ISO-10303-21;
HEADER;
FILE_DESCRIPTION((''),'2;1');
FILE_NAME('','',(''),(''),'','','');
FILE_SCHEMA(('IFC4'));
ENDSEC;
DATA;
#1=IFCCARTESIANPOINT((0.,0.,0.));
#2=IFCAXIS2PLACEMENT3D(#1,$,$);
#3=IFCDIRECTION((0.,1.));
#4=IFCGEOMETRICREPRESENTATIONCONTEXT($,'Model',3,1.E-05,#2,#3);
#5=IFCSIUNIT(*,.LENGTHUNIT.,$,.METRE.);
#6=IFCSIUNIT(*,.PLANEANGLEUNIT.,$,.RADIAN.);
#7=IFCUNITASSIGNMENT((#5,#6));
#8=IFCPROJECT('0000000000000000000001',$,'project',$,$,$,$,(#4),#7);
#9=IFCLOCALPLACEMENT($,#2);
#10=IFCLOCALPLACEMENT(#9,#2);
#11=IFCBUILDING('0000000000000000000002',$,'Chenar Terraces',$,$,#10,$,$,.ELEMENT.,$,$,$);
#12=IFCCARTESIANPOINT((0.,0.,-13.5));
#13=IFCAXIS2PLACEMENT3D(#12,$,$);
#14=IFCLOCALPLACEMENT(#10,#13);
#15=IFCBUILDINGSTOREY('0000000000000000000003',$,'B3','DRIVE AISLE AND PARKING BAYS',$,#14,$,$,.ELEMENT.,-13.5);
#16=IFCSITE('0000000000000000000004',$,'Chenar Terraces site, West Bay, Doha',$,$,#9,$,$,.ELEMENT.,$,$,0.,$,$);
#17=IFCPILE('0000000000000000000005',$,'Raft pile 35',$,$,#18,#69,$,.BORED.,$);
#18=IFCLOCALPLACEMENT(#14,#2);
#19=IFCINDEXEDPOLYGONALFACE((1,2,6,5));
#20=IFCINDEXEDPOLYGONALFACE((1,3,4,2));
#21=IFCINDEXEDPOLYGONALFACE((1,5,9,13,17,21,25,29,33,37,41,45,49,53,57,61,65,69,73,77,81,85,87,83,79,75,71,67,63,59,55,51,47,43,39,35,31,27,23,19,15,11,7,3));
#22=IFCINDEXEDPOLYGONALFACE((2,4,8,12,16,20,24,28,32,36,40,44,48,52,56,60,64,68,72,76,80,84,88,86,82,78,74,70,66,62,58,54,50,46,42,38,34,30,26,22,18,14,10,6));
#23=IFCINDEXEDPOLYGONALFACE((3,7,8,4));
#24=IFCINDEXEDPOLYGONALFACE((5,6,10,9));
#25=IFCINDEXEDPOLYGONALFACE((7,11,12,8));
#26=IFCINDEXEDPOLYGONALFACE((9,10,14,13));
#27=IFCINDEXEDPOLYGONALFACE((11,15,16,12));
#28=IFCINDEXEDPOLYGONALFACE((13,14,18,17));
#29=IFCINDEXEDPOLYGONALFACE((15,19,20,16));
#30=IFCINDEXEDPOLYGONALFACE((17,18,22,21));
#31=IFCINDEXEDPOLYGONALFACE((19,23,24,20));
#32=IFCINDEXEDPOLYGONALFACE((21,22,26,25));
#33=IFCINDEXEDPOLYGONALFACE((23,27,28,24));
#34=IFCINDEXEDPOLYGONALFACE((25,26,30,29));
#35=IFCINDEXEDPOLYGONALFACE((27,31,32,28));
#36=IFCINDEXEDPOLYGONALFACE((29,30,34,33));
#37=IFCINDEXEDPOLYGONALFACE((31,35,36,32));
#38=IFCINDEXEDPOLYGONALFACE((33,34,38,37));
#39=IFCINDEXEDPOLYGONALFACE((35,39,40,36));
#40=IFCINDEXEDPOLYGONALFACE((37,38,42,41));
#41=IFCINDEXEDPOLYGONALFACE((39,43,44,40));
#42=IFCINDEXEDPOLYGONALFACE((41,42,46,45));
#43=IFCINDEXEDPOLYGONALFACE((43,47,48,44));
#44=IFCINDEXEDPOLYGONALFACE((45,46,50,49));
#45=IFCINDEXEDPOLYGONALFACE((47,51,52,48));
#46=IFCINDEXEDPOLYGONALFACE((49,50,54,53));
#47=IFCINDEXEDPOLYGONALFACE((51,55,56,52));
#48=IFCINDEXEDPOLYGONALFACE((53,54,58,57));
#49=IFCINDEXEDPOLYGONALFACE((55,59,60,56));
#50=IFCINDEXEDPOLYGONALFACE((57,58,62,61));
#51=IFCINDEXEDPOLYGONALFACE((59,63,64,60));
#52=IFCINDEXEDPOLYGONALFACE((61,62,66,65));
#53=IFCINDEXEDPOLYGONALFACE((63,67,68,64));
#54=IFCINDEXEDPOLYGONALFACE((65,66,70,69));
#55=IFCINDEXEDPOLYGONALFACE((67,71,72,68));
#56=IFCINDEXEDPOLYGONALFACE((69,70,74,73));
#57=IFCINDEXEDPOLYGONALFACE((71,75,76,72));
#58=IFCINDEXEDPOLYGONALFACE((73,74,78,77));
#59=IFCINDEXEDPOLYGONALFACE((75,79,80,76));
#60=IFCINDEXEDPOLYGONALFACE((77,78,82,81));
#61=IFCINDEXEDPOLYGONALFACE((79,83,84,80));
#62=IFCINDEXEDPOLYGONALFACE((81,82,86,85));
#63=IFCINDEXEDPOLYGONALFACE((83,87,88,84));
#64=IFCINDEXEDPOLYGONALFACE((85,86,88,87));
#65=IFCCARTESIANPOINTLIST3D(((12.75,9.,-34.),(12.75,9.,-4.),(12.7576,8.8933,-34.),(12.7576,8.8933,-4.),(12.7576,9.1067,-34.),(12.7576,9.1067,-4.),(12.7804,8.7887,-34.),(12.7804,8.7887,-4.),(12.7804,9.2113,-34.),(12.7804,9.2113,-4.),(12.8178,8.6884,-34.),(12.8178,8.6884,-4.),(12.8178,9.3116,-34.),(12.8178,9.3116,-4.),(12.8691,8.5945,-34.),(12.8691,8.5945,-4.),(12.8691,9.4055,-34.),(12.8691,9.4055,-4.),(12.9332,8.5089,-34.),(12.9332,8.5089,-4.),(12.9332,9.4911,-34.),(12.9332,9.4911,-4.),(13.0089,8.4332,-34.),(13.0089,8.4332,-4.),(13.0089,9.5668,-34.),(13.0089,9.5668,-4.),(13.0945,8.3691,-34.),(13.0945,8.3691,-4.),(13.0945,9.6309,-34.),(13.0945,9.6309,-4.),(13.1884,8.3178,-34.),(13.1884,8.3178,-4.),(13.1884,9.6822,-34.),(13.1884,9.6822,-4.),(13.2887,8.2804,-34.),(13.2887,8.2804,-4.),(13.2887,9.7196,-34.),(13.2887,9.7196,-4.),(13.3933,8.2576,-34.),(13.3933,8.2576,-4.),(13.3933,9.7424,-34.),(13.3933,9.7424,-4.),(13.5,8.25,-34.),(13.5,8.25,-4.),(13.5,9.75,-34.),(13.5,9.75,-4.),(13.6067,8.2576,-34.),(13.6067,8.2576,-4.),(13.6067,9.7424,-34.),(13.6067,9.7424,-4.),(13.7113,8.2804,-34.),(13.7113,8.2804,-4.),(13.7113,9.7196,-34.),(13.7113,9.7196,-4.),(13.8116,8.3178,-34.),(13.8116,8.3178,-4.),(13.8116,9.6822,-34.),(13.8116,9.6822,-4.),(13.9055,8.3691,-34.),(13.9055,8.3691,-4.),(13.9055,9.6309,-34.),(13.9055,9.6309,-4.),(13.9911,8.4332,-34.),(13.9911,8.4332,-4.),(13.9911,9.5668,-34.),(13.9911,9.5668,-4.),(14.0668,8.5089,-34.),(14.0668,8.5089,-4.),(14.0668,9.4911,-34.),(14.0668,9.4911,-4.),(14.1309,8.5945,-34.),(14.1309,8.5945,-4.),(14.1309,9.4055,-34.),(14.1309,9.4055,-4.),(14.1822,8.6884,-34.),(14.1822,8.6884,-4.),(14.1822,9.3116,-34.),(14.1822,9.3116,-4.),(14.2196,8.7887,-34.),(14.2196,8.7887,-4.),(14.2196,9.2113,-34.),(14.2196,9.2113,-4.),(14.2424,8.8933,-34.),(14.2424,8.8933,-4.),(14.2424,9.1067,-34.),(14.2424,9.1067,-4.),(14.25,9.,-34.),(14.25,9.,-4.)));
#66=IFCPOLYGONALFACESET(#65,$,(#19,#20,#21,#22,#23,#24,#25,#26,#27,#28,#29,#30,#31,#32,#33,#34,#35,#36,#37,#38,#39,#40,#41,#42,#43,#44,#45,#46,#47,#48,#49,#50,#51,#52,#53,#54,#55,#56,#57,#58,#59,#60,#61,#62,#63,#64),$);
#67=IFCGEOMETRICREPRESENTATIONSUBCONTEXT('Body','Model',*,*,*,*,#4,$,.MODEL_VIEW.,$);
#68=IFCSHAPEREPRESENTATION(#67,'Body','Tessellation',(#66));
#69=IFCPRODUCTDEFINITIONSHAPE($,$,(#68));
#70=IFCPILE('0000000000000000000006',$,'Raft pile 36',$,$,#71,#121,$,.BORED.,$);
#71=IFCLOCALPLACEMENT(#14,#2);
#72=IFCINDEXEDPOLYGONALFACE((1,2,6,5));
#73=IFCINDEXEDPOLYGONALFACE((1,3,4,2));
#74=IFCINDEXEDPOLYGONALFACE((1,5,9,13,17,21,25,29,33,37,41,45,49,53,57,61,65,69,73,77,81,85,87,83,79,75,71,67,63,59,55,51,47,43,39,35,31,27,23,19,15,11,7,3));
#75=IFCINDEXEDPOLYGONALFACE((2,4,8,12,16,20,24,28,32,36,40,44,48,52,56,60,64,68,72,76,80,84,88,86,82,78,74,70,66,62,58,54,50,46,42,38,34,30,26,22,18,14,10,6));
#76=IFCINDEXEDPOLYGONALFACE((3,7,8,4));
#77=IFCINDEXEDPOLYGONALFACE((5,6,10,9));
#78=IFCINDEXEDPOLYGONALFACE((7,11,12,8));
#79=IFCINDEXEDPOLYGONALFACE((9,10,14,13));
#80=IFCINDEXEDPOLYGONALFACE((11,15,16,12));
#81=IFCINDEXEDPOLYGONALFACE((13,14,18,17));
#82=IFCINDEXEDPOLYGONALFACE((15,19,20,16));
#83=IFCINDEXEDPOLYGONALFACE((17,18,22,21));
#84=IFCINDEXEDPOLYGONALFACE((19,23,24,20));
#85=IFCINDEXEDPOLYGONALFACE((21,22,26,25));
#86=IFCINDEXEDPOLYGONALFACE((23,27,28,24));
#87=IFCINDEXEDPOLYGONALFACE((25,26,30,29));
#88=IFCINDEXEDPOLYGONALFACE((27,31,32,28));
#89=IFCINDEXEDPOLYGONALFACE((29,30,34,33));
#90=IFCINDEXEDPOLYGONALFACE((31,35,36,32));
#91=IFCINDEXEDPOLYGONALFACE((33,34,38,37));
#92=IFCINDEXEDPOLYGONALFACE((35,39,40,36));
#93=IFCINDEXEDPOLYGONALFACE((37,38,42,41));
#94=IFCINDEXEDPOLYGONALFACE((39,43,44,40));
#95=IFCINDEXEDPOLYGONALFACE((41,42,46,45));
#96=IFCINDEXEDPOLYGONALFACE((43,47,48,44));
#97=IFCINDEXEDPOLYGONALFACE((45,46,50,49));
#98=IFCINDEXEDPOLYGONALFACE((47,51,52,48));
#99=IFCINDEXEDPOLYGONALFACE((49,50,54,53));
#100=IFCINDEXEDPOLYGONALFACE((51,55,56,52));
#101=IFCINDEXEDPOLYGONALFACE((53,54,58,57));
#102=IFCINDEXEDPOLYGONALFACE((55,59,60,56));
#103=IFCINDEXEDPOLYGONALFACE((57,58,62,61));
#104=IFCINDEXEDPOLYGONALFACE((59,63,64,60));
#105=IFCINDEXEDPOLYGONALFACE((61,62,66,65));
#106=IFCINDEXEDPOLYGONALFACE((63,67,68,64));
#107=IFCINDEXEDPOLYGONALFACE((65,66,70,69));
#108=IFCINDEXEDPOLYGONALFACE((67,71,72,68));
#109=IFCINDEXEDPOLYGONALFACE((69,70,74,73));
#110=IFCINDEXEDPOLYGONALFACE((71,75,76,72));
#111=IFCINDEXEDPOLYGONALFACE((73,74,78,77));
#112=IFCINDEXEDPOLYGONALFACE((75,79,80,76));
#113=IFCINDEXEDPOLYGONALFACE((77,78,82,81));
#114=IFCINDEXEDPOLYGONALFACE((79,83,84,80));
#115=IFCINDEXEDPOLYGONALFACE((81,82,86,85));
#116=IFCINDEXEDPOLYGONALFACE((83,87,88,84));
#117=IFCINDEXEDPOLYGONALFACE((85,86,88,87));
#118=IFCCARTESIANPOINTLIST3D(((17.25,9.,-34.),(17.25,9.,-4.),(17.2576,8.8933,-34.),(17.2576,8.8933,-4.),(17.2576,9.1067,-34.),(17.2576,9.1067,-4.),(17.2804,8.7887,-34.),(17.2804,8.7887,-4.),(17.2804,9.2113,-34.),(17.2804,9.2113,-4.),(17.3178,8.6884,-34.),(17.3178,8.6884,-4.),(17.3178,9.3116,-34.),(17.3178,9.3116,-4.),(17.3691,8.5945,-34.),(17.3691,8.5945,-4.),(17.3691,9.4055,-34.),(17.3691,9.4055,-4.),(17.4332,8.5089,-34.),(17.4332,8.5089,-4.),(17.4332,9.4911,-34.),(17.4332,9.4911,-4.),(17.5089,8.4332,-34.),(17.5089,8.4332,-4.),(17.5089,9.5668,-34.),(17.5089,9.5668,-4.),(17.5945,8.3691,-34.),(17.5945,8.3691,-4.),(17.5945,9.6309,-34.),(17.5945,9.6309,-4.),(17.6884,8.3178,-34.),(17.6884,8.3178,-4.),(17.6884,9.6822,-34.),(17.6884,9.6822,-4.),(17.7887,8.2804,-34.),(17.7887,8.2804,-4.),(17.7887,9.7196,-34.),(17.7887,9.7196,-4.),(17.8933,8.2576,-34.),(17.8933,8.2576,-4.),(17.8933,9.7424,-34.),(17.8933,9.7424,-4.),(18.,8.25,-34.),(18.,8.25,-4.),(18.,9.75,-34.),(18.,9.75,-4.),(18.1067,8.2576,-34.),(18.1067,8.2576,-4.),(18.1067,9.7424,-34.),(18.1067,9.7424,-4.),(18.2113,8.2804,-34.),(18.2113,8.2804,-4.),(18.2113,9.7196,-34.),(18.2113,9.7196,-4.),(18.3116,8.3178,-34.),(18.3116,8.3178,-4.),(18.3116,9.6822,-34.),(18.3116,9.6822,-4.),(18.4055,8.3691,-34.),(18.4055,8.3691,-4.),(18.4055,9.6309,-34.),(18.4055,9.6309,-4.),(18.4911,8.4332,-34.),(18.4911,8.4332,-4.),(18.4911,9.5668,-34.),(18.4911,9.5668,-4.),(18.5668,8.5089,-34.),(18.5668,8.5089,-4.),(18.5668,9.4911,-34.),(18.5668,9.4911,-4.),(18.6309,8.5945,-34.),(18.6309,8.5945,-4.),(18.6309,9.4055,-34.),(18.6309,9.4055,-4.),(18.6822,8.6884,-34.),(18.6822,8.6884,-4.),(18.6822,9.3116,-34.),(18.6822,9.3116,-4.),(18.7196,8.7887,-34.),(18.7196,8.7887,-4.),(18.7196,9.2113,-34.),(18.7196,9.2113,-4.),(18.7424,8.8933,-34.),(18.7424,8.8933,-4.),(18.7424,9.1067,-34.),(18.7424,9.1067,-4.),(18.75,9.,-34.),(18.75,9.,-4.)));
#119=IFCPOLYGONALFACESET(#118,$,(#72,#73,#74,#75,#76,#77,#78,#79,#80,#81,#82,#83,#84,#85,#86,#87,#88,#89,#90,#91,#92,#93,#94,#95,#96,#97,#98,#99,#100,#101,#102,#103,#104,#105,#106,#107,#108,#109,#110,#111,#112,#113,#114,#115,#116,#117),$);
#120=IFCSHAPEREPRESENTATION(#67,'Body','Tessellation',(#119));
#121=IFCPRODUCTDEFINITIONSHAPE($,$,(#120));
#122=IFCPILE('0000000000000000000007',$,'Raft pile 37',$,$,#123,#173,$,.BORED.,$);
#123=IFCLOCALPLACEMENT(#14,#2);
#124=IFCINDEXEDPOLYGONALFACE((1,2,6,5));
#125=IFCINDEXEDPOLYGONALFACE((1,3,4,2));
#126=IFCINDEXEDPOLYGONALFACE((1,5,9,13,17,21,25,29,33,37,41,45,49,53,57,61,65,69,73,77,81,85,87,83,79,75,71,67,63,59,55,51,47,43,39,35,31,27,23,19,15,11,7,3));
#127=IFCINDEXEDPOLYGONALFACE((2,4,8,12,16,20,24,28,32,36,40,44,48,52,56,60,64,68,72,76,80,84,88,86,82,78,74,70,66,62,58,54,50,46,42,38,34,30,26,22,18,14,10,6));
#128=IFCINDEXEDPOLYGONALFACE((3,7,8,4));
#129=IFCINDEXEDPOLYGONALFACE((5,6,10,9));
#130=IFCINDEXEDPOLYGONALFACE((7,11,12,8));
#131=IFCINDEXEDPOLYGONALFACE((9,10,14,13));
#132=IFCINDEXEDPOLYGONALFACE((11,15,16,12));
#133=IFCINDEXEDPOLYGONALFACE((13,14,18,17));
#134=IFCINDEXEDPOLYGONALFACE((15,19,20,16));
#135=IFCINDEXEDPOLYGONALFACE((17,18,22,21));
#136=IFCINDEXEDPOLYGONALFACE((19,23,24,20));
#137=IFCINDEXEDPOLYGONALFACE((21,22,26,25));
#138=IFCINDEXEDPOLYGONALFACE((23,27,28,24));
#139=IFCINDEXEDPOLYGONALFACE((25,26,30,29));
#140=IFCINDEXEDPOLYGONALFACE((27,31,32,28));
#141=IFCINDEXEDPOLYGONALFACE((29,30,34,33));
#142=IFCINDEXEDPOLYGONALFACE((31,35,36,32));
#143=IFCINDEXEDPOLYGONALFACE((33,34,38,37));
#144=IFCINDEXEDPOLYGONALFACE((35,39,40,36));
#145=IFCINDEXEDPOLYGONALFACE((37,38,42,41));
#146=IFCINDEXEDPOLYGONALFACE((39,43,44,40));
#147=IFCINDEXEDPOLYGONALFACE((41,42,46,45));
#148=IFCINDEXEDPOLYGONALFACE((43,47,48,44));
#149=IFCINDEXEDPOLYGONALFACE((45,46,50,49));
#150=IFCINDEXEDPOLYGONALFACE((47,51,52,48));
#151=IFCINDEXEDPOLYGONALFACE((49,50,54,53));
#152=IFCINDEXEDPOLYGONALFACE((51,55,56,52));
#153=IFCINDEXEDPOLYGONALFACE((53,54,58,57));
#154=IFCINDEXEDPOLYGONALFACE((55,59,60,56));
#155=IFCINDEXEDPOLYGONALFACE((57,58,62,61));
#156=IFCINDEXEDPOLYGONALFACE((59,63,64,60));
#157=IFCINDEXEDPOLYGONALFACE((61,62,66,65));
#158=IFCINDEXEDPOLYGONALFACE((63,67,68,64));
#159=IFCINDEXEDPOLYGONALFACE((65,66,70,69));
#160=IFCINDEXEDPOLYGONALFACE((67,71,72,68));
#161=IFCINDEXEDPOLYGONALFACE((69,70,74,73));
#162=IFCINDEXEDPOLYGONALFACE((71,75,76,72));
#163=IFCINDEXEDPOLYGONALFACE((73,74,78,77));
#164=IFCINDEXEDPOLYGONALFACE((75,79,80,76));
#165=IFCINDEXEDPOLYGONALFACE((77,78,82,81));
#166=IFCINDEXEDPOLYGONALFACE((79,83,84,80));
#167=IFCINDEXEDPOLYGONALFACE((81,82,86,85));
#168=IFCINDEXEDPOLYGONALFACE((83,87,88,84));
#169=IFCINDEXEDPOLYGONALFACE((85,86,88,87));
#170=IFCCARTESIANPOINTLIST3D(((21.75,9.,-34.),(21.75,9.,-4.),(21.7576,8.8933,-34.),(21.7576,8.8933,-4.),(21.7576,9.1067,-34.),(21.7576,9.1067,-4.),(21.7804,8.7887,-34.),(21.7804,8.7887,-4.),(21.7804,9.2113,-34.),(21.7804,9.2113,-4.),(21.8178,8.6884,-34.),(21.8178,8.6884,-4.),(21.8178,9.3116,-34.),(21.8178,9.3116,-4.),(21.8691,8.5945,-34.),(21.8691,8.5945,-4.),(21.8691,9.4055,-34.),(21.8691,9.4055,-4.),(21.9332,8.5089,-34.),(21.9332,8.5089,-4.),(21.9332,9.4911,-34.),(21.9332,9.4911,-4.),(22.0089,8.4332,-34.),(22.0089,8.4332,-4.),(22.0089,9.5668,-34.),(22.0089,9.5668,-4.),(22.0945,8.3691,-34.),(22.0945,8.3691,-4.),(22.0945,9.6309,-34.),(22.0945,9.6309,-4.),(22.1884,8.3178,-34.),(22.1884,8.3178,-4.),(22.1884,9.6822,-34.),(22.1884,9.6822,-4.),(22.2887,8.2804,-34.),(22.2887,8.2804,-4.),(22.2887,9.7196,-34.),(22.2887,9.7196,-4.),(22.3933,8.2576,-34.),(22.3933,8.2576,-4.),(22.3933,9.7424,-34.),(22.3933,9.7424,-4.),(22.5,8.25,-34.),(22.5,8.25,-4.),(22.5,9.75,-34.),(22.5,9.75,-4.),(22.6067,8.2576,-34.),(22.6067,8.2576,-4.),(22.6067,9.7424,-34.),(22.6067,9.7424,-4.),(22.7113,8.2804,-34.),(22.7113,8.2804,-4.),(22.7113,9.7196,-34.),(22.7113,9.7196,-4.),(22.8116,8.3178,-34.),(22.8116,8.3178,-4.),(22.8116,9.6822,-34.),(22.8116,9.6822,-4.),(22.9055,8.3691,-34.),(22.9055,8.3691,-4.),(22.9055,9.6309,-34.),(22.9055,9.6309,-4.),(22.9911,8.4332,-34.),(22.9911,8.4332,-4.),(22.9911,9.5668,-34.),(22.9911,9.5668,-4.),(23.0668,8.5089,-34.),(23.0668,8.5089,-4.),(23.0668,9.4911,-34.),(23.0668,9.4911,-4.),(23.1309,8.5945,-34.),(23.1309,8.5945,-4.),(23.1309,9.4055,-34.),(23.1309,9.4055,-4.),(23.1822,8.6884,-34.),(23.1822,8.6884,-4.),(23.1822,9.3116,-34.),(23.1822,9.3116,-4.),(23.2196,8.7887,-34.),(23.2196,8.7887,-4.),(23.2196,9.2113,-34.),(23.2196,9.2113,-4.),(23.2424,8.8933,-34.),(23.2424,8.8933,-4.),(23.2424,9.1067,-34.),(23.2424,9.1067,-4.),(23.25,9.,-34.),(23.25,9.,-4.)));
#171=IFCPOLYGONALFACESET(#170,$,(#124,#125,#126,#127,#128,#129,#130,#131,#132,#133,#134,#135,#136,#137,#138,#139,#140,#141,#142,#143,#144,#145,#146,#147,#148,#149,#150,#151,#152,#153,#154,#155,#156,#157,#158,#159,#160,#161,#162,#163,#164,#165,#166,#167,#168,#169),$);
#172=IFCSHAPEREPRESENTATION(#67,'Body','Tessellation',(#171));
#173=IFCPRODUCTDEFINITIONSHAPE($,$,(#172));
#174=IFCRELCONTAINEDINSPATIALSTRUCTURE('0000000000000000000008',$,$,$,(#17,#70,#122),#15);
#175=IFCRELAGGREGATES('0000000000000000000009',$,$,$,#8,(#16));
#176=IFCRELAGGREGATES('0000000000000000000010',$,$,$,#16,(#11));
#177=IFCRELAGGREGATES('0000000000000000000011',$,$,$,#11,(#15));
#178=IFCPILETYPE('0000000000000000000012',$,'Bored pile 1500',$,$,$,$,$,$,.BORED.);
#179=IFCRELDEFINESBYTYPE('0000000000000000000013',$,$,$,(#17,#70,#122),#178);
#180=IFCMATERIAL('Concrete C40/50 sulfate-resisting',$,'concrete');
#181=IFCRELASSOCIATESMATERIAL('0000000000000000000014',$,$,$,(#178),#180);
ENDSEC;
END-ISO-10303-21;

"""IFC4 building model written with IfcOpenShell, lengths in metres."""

from ifc_helpers import new_model, si_unit, direction, frame, origin, origin_2d, place, context, subcontext, project, spatial, circle, extrude, material, material_profile, profile_set, type_object, element, save


model = new_model("IFC4")

# Units and contexts
model_context = context("Model", 3, precision=1e-05, world=origin(), true_north=direction((0.0, 1.0)))
body_context = subcontext(model_context, "Body", "Model", "MODEL_VIEW")
ifc_project = project(units=[si_unit("LENGTHUNIT", "METRE"), si_unit("PLANEANGLEUNIT", "RADIAN")], contexts=[model_context])

# Site, building, storey
site_placement = place(None, origin())
site = spatial("IfcSite", under=ifc_project, at=site_placement, Name="Chenar Terraces site, West Bay, Doha", CompositionType="ELEMENT", RefElevation=0.0)
building_placement = place(site_placement, origin())
building = spatial("IfcBuilding", under=site, at=building_placement, Name="Chenar Terraces", CompositionType="ELEMENT")
storey_placement = place(building_placement, frame((0.0, 0.0, -13.5)))
storey = spatial("IfcBuildingStorey", under=building, at=storey_placement, Name="B3", Description="DRIVE AISLE AND PARKING BAYS", CompositionType="ELEMENT", Elevation=-13.5)

# Piles
ifc_material_1 = material(Name="Concrete C40/50 sulfate-resisting", Category="concrete")
ifc_material_profile = material_profile(ifc_material_1, circle(Radius=0.75, at=origin_2d()), Name="BP 1500")
ifc_profile_set = profile_set([ifc_material_profile], Name="Concrete C40/50 sulfate-resisting")
pile_type = type_object("IfcPileType", Name="Bored pile 1500", PredefinedType="BORED", material=ifc_profile_set)
for number, where, z_axis, x_axis, name in (
    (1, (13.5, 9.0, -4.0), (0.0, 0.0, -1.0), (1.0, 0.0, 0.0), "Raft pile 35"),
    (2, (18.0, 9.0, -4.0), (0.0, 0.0, -1.0), (1.0, 0.0, 0.0), "Raft pile 36"),
    (3, (22.5, 9.0, -4.0), (0.0, 0.0, -1.0), (1.0, 0.0, 0.0), "Raft pile 37"),
):
    element("IfcPile", number, at=place(storey_placement, frame(where, z_axis=z_axis, x_axis=x_axis)), inside=storey, type_object=pile_type, Name=name, PredefinedType="BORED", context=body_context, shape_type="SweptSolid", body=[
        extrude(circle(Radius=0.75, at=origin_2d()), origin(), (0.0, 0.0, 1.0), 30.0),
    ])

save(model, "model.ifc")
